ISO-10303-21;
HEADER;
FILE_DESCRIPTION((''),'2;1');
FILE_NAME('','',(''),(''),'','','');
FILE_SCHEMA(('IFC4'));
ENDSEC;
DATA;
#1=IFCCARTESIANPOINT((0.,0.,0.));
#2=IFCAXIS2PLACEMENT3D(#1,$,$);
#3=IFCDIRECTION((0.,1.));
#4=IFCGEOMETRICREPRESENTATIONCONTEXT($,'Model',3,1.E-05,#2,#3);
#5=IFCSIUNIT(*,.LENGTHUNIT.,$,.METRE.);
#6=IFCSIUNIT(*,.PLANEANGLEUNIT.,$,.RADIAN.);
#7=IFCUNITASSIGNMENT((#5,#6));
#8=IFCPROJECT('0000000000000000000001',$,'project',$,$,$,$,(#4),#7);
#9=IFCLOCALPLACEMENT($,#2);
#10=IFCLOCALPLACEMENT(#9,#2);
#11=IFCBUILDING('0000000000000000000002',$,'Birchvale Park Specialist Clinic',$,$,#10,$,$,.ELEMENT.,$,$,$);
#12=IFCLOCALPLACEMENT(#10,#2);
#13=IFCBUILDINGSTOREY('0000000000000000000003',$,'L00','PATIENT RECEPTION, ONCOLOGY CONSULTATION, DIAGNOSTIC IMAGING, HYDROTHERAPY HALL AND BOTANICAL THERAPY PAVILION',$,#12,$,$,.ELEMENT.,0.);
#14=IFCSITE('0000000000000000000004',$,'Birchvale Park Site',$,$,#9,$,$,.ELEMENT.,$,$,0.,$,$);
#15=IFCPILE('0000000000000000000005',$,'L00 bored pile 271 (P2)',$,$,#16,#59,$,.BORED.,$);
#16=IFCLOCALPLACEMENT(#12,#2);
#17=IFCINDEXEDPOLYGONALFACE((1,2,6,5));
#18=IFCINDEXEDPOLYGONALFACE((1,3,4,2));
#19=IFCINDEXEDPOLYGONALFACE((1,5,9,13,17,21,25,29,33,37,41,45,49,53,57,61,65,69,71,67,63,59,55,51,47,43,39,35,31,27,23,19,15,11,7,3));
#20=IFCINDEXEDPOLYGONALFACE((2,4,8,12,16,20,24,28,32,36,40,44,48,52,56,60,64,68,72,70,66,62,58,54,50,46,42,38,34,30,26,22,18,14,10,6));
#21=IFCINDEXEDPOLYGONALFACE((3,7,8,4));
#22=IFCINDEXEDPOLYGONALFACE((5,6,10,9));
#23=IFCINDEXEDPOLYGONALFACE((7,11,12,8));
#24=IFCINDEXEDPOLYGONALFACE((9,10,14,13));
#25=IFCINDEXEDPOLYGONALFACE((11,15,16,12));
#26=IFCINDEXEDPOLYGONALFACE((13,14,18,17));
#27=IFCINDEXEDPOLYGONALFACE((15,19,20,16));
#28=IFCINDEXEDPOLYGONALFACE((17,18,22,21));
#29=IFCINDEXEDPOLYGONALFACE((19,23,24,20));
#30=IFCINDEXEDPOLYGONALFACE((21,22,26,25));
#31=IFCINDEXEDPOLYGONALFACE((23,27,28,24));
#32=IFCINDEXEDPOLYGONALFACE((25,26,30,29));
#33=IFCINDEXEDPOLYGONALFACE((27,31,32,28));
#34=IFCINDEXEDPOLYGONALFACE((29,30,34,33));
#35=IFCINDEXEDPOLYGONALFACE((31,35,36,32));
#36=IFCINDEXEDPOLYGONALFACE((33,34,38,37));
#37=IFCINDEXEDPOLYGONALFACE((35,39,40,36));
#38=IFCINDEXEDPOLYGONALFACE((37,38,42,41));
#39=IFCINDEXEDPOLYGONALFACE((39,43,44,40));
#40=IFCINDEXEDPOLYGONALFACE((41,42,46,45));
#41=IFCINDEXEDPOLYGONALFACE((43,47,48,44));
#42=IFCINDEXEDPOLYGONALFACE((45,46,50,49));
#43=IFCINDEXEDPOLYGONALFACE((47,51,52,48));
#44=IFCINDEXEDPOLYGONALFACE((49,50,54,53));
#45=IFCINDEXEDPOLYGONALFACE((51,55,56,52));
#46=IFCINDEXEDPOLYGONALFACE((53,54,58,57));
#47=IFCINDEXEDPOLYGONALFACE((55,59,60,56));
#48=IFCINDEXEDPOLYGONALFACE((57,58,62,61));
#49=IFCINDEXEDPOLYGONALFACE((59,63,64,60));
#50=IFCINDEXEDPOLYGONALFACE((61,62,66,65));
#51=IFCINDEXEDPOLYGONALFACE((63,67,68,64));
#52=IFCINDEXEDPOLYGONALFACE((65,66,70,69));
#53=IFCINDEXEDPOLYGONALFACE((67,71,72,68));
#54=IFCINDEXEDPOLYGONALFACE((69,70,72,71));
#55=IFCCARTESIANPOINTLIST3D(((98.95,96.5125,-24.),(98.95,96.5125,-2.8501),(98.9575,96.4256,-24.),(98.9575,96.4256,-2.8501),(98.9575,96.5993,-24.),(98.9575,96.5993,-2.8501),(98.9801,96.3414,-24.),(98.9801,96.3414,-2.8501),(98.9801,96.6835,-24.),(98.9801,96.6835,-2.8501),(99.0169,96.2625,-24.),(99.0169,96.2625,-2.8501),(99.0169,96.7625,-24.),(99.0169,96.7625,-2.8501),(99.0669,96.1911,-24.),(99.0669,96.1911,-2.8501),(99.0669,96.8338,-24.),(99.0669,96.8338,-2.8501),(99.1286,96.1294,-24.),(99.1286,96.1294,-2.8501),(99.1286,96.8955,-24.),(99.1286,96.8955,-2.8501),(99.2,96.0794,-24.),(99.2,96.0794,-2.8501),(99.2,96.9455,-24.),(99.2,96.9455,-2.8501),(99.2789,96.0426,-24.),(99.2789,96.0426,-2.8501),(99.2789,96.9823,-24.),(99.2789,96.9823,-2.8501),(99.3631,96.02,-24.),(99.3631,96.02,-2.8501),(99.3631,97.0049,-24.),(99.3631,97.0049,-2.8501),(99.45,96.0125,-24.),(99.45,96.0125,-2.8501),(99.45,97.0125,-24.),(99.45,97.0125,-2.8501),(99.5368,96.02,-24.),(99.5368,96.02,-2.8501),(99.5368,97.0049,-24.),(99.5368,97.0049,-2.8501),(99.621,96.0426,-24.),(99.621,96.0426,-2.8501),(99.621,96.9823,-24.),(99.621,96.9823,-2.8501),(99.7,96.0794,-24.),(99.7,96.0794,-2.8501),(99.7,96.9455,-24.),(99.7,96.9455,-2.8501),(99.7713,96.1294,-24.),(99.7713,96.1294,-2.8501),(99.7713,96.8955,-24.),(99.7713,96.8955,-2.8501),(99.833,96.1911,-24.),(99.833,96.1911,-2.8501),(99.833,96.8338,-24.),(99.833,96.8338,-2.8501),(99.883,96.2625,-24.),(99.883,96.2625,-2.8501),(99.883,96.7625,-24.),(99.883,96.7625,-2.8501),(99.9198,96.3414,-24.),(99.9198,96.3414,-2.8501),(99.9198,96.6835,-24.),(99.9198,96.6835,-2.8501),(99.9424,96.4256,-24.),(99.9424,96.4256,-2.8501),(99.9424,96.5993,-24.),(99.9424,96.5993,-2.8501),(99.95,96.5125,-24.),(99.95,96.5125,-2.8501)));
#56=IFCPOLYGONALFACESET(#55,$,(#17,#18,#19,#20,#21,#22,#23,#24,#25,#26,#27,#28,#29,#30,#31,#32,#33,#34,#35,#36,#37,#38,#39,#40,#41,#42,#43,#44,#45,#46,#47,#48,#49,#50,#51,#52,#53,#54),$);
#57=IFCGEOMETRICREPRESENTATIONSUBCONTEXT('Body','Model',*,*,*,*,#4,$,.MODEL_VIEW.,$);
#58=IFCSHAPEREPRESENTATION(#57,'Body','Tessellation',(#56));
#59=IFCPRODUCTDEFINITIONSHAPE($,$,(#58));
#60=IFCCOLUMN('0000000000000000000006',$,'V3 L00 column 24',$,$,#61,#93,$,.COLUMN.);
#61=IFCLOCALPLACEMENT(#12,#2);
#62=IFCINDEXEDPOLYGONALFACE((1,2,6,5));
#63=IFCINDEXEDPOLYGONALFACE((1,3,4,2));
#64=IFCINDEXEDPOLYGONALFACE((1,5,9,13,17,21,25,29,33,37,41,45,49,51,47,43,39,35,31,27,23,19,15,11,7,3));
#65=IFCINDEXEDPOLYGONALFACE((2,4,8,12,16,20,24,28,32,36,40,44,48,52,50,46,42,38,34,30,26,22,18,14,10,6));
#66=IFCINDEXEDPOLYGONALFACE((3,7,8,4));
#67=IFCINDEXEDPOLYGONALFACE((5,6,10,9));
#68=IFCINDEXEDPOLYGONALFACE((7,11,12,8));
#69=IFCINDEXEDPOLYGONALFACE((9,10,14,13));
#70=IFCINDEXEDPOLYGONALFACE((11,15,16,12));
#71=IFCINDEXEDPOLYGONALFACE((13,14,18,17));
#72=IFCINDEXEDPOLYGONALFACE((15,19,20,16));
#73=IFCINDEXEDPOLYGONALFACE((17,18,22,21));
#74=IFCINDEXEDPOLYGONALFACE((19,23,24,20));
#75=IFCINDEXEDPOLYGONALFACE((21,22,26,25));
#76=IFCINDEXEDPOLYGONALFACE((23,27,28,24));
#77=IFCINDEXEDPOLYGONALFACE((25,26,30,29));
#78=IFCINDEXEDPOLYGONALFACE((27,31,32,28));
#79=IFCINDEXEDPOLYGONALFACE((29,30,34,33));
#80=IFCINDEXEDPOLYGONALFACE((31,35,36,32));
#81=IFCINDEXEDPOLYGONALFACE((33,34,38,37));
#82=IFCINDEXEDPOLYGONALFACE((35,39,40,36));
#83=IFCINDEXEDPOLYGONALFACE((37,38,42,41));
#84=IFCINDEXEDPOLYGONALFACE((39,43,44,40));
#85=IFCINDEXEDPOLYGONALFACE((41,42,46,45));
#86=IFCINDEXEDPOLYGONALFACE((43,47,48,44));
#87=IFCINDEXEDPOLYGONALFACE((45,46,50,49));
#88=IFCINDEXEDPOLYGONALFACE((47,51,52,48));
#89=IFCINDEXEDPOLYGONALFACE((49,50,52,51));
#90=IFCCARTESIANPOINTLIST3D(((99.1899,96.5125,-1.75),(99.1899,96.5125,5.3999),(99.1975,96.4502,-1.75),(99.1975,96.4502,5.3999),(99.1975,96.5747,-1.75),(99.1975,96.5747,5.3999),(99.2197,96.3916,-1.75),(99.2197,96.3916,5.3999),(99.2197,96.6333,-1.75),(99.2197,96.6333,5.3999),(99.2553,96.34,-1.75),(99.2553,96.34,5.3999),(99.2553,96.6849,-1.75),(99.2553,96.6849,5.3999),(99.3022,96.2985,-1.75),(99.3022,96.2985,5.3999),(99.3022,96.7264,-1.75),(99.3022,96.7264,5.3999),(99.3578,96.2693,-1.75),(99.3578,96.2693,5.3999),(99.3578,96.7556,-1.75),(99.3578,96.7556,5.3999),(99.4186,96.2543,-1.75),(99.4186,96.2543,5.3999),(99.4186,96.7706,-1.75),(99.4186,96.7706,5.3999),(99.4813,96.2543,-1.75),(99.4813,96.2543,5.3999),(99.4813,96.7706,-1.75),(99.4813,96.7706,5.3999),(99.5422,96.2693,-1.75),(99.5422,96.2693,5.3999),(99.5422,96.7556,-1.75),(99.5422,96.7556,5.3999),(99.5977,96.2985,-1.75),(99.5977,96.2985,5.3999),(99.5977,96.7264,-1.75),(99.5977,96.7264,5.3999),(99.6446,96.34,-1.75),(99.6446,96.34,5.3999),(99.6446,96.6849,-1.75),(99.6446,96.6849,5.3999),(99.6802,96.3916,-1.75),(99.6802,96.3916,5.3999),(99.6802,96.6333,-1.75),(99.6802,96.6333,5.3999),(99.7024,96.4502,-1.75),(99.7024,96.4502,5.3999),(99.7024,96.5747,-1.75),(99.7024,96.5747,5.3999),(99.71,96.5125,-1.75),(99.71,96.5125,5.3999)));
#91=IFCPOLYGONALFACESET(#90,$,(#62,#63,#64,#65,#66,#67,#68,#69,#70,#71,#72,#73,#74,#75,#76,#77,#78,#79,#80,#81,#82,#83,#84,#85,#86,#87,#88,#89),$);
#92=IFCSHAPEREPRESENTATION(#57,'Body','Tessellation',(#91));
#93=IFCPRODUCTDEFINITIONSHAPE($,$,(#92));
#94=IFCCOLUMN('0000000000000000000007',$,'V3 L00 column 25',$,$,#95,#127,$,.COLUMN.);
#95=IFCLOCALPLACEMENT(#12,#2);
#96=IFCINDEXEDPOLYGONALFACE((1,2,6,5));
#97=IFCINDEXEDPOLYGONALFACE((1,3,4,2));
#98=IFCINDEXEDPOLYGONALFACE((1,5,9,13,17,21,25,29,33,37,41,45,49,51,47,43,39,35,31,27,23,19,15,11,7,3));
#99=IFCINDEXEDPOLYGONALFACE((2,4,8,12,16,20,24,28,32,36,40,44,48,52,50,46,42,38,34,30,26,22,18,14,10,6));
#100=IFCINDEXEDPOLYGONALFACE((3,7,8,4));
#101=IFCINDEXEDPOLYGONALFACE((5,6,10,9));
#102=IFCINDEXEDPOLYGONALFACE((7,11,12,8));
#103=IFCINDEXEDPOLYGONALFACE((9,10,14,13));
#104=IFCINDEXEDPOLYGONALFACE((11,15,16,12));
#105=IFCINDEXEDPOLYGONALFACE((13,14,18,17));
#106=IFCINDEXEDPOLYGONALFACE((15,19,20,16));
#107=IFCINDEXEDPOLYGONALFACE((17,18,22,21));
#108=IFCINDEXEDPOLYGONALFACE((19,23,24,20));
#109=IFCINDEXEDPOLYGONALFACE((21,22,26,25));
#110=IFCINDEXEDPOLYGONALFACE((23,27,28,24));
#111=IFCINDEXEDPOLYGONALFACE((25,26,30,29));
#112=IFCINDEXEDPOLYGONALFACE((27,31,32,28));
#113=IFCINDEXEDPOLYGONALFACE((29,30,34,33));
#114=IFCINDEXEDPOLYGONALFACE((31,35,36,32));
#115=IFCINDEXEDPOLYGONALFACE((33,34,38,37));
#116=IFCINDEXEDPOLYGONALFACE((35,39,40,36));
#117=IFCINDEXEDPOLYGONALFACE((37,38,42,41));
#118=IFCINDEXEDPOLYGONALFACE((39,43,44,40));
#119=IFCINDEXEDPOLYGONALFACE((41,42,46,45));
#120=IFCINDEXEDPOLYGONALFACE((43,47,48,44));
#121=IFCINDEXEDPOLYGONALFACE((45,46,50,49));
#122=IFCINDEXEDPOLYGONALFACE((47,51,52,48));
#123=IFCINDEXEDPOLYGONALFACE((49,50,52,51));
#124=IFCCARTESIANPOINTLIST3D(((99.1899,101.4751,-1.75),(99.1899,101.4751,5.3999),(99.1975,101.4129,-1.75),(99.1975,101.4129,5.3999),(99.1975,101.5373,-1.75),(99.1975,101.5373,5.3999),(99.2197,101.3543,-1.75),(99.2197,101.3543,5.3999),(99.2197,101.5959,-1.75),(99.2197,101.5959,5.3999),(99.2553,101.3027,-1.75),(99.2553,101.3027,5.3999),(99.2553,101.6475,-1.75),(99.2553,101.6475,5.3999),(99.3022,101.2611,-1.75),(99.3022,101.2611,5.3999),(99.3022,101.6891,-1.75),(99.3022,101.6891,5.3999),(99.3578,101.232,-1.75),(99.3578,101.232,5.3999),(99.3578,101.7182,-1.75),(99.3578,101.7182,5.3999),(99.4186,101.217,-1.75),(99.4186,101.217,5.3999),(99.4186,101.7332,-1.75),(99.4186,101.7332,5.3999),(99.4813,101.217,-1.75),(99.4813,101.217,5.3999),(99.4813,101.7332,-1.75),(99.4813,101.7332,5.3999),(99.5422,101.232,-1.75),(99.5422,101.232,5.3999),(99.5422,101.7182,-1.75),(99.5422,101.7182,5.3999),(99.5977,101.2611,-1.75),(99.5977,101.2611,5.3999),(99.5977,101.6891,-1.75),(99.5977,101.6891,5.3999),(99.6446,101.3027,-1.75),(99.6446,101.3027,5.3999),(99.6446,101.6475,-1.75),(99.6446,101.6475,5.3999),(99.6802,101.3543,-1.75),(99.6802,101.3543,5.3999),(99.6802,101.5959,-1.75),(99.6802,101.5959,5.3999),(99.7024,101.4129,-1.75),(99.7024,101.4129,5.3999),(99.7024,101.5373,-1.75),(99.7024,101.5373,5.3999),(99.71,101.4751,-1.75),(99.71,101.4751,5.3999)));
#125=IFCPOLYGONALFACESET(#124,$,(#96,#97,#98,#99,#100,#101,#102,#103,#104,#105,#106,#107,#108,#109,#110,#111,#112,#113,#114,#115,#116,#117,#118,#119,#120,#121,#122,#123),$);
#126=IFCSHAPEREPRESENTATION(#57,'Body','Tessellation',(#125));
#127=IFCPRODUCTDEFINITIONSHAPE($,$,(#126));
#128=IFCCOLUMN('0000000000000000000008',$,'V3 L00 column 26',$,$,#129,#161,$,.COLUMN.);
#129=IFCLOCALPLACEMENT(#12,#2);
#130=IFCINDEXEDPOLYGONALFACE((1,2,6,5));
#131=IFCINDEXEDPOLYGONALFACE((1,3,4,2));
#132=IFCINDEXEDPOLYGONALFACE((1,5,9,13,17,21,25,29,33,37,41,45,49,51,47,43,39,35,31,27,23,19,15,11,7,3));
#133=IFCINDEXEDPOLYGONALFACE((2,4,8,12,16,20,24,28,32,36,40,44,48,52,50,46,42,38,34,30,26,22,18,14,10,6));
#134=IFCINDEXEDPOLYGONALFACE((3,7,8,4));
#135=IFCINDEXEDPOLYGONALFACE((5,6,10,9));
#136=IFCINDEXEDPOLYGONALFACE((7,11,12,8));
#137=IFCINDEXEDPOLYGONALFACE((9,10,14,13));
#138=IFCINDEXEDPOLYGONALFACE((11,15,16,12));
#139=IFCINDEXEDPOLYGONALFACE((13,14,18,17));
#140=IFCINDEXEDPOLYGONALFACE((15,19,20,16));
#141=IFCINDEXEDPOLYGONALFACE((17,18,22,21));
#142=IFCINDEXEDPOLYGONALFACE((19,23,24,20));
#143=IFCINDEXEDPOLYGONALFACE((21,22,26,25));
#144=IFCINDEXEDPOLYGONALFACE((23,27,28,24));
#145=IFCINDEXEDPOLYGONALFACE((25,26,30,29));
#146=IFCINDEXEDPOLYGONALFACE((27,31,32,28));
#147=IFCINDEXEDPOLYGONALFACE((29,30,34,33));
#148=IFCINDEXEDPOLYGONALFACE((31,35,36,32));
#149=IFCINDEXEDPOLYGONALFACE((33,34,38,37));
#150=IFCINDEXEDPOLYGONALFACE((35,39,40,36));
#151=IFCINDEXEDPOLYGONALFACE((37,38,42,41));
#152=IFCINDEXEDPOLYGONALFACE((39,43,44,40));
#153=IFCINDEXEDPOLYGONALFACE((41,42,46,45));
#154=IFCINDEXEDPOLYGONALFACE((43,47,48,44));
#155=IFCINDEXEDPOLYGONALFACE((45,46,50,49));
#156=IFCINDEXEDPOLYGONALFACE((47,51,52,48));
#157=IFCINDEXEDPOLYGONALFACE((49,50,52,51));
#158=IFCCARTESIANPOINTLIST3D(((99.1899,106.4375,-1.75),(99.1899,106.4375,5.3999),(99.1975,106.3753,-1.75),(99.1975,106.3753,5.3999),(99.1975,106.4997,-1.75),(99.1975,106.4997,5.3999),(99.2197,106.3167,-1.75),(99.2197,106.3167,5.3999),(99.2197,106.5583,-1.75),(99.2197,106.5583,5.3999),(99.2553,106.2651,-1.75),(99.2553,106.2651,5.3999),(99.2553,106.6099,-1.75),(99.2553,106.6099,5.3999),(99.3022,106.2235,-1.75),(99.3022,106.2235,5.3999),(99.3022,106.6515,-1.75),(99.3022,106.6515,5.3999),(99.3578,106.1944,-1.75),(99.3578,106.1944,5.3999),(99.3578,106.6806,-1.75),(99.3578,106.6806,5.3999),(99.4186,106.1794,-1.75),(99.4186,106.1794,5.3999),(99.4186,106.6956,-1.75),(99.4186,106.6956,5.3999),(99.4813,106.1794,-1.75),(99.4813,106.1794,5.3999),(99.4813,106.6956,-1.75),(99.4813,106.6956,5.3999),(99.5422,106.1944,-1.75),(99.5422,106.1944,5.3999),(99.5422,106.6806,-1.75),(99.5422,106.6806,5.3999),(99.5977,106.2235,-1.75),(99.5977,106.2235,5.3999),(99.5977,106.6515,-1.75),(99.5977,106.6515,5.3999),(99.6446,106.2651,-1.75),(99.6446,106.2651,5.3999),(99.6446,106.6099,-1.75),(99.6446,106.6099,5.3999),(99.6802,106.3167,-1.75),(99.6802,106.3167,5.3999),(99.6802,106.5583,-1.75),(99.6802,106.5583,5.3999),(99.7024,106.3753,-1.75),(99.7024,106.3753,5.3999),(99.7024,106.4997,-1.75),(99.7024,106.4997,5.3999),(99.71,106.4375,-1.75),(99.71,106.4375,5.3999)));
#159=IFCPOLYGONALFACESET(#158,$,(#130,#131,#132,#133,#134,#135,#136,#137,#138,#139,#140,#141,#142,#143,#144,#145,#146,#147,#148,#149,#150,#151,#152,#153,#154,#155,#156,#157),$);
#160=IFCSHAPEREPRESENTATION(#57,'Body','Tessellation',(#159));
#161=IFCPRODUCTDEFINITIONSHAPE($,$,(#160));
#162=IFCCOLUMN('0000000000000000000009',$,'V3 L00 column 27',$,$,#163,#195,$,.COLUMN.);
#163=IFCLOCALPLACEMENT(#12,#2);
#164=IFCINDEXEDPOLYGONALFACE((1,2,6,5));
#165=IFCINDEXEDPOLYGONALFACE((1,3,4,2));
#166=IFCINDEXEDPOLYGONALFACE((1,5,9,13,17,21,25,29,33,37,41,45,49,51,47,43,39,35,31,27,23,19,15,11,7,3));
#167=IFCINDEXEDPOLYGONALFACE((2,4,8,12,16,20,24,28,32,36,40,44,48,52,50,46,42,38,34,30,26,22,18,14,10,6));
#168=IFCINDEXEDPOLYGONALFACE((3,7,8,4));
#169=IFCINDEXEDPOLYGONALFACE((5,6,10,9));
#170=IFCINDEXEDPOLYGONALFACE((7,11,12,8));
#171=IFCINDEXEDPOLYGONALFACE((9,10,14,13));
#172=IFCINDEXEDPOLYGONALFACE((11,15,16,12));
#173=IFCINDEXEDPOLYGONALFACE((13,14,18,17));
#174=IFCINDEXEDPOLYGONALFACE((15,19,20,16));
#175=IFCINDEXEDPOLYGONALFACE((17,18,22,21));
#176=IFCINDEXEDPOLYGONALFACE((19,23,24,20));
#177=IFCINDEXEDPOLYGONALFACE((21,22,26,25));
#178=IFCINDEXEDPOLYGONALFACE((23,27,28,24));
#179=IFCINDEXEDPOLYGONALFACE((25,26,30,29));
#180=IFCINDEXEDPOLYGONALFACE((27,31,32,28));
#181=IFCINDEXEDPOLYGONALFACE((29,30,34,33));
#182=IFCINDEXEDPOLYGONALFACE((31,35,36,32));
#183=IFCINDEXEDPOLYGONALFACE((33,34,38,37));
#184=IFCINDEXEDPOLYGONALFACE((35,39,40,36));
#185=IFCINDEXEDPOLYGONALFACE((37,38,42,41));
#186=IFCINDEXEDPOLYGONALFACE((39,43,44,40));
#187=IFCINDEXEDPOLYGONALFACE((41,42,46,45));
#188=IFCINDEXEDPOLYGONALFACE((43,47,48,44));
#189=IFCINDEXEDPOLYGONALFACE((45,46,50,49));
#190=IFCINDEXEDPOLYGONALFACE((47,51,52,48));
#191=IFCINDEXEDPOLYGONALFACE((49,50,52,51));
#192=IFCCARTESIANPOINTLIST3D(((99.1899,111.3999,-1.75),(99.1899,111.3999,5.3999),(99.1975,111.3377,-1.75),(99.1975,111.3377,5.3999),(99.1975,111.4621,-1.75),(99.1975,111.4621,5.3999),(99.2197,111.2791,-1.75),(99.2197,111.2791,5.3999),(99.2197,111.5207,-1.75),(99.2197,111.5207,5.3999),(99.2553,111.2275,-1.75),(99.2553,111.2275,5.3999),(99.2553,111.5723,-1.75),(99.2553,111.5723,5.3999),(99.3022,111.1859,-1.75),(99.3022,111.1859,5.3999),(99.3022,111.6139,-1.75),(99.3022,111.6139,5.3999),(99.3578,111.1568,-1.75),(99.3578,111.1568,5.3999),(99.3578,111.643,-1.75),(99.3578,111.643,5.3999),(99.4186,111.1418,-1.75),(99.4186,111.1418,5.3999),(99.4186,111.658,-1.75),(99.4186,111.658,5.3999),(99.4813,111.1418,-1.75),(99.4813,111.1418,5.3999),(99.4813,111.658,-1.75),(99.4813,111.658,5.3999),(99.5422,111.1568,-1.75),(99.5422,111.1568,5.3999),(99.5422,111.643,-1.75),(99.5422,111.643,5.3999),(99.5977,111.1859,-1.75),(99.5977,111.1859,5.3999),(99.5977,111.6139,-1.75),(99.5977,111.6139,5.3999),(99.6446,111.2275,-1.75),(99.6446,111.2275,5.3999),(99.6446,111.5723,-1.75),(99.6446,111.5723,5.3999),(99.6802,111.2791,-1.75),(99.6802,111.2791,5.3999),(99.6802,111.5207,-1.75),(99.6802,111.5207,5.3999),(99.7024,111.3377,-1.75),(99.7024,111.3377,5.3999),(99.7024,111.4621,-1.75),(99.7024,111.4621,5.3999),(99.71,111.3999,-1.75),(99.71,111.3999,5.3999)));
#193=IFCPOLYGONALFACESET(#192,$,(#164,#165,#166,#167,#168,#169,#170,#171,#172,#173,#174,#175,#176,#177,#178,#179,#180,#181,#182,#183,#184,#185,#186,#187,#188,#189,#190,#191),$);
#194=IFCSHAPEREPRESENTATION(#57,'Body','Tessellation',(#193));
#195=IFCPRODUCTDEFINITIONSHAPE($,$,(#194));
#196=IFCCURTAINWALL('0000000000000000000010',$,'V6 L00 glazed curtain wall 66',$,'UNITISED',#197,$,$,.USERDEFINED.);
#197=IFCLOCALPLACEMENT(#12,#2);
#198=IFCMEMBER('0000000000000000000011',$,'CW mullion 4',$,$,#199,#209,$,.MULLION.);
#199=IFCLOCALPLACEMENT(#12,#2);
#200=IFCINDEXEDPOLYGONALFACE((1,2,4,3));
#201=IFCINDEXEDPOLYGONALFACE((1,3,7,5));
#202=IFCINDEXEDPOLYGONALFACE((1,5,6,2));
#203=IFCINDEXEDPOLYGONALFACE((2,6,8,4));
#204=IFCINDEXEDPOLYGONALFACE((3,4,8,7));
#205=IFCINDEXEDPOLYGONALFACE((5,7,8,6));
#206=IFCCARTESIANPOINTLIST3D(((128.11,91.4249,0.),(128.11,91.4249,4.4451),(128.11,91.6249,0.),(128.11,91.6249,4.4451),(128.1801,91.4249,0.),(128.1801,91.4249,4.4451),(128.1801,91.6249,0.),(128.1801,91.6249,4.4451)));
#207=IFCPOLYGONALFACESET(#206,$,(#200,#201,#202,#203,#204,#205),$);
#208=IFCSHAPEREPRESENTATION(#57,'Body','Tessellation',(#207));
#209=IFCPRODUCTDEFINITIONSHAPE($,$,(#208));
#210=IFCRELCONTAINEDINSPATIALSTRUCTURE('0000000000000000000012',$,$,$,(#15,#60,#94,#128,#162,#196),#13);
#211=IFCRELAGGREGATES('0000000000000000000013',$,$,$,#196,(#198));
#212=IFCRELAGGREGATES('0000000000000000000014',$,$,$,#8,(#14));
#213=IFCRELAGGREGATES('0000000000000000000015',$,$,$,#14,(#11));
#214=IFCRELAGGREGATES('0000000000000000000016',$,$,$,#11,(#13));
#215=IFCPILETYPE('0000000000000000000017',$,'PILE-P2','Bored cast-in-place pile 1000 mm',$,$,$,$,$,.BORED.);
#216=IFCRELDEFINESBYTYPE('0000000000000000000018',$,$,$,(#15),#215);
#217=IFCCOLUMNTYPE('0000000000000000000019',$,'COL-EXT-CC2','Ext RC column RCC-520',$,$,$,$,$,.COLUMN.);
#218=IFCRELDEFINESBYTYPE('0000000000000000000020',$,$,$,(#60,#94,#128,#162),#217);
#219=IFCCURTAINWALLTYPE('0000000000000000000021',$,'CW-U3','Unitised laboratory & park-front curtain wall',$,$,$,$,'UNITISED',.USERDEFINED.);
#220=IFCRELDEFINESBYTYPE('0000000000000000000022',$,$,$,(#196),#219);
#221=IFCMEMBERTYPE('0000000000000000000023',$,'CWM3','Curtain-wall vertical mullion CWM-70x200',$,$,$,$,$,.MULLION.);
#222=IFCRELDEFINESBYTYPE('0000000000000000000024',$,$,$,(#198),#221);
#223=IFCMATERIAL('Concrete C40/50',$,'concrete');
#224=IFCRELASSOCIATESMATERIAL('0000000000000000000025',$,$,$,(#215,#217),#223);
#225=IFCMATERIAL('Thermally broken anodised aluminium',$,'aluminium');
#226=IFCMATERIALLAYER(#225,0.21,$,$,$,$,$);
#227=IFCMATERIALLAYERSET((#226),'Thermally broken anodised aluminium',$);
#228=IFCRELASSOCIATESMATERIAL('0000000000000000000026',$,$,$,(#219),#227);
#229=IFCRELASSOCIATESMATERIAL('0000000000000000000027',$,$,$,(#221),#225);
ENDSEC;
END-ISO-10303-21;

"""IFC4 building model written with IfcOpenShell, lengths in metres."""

from ifc_helpers import new_model, si_unit, direction, frame, origin, origin_2d, place, context, subcontext, project, spatial, rectangle, circle, extrude, material, layer, layer_set, material_profile, profile_set, type_object, element, aggregate, save


model = new_model("IFC4")

# Units and contexts
model_context = context("Model", 3, precision=1e-05, world=origin(), true_north=direction((0.0, 1.0)))
body_context = subcontext(model_context, "Body", "Model", "MODEL_VIEW")
ifc_project = project(units=[si_unit("LENGTHUNIT", "METRE"), si_unit("PLANEANGLEUNIT", "RADIAN")], contexts=[model_context])

# Site, building, storey
site_placement = place(None, origin())
site = spatial("IfcSite", under=ifc_project, at=site_placement, Name="Birchvale Park Site", CompositionType="ELEMENT", RefElevation=0.0)
building_placement = place(site_placement, origin())
building = spatial("IfcBuilding", under=site, at=building_placement, Name="Birchvale Park Specialist Clinic", CompositionType="ELEMENT")
storey_placement = place(building_placement, origin())
storey = spatial("IfcBuildingStorey", under=building, at=storey_placement, Name="L00", Description="PATIENT RECEPTION, ONCOLOGY CONSULTATION, DIAGNOSTIC IMAGING, HYDROTHERAPY HALL AND BOTANICAL THERAPY PAVILION", CompositionType="ELEMENT", Elevation=0.0)

# Shared definitions
ifc_material_1 = material(Name="Concrete C40/50", Category="concrete")

# Pile
ifc_material_profile_1 = material_profile(ifc_material_1, circle(Radius=0.5, at=origin_2d()), Name="PILE-1000")
ifc_profile_set_1 = profile_set([ifc_material_profile_1], Name="Concrete C40/50")
pile_type_1 = type_object("IfcPileType", Name="PILE-P2", Description="Bored cast-in-place pile 1000 mm", PredefinedType="BORED", material=ifc_profile_set_1)
pile_placement = place(storey_placement, frame((99.45, 96.5125, -2.8501), z_axis=(0.0, 0.0, -1.0), x_axis=(1.0, 0.0, 0.0)))
element("IfcPile", 1, at=pile_placement, inside=storey, type_object=pile_type_1, Name="L00 bored pile 271 (P2)", PredefinedType="BORED", context=body_context, shape_type="SweptSolid", body=[
    extrude(circle(Radius=0.5, at=origin_2d()), origin(), (0.0, 0.0, 1.0), 21.1499),
])

# Columns
ifc_material_profile_2 = material_profile(ifc_material_1, circle(Radius=0.26, at=origin_2d()), Name="RCC-520")
ifc_profile_set_2 = profile_set([ifc_material_profile_2], Name="Concrete C40/50")
column_type = type_object("IfcColumnType", Name="COL-EXT-CC2", Description="Ext RC column RCC-520", PredefinedType="COLUMN", material=ifc_profile_set_2)
for number, where, z_axis, x_axis, name in (
    (2, (99.45, 96.5125, -1.75), (0.0, 0.0, 1.0), (1.0, 0.0, 0.0), "V3 L00 column 24"),
    (3, (99.45, 101.4751, -1.75), (0.0, 0.0, 1.0), (1.0, 0.0, 0.0), "V3 L00 column 25"),
    (4, (99.45, 106.4375, -1.75), (0.0, 0.0, 1.0), (1.0, 0.0, 0.0), "V3 L00 column 26"),
    (5, (99.45, 111.3999, -1.75), (0.0, 0.0, 1.0), (1.0, 0.0, 0.0), "V3 L00 column 27"),
):
    element("IfcColumn", number, at=place(storey_placement, frame(where, z_axis=z_axis, x_axis=x_axis)), inside=storey, type_object=column_type, Name=name, PredefinedType="COLUMN", context=body_context, shape_type="SweptSolid", body=[
        extrude(circle(Radius=0.26, at=origin_2d()), origin(), (0.0, 0.0, 1.0), 7.1499),
    ])

# Curtain wall, member
ifc_material_2 = material(Name="Thermally broken anodised aluminium", Category="aluminium")
ifc_layer_1 = layer(ifc_material_2, 0.21)
ifc_layer_set_1 = layer_set([ifc_layer_1], Name="Thermally broken anodised aluminium")
curtain_wall_type_1 = type_object("IfcCurtainWallType", Name="CW-U3", Description="Unitised laboratory & park-front curtain wall", ElementType="UNITISED", PredefinedType="USERDEFINED", material=ifc_layer_set_1)
curtain_wall_1_placement = place(storey_placement, origin())
curtain_wall_1 = element("IfcCurtainWall", 6, at=curtain_wall_1_placement, inside=storey, type_object=curtain_wall_type_1, Name="V6 L00 glazed curtain wall 66", ObjectType="UNITISED", PredefinedType="USERDEFINED")
ifc_material_profile_3 = material_profile(ifc_material_2, rectangle(XDim=0.0701, YDim=0.2, at=origin_2d()), Name="CWM-70x200")
ifc_profile_set_3 = profile_set([ifc_material_profile_3], Name="Thermally broken anodised aluminium")
member_type_1 = type_object("IfcMemberType", Name="CWM3", Description="Curtain-wall vertical mullion CWM-70x200", PredefinedType="MULLION", material=ifc_profile_set_3)
member_1_placement = place(storey_placement, frame((128.145, 91.5249, 0.0), z_axis=(0.0, 0.0, 1.0), x_axis=(1.0, 0.0, 0.0)))
member_1 = element("IfcMember", 7, at=member_1_placement, type_object=member_type_1, Name="CW mullion 4", PredefinedType="MULLION", context=body_context, shape_type="SweptSolid", body=[
    extrude(rectangle(XDim=0.0701, YDim=0.2, at=origin_2d()), origin(), (0.0, 0.0, 1.0), 4.4451),
])

aggregate(curtain_wall_1, [member_1])

save(model, "model.ifc")
